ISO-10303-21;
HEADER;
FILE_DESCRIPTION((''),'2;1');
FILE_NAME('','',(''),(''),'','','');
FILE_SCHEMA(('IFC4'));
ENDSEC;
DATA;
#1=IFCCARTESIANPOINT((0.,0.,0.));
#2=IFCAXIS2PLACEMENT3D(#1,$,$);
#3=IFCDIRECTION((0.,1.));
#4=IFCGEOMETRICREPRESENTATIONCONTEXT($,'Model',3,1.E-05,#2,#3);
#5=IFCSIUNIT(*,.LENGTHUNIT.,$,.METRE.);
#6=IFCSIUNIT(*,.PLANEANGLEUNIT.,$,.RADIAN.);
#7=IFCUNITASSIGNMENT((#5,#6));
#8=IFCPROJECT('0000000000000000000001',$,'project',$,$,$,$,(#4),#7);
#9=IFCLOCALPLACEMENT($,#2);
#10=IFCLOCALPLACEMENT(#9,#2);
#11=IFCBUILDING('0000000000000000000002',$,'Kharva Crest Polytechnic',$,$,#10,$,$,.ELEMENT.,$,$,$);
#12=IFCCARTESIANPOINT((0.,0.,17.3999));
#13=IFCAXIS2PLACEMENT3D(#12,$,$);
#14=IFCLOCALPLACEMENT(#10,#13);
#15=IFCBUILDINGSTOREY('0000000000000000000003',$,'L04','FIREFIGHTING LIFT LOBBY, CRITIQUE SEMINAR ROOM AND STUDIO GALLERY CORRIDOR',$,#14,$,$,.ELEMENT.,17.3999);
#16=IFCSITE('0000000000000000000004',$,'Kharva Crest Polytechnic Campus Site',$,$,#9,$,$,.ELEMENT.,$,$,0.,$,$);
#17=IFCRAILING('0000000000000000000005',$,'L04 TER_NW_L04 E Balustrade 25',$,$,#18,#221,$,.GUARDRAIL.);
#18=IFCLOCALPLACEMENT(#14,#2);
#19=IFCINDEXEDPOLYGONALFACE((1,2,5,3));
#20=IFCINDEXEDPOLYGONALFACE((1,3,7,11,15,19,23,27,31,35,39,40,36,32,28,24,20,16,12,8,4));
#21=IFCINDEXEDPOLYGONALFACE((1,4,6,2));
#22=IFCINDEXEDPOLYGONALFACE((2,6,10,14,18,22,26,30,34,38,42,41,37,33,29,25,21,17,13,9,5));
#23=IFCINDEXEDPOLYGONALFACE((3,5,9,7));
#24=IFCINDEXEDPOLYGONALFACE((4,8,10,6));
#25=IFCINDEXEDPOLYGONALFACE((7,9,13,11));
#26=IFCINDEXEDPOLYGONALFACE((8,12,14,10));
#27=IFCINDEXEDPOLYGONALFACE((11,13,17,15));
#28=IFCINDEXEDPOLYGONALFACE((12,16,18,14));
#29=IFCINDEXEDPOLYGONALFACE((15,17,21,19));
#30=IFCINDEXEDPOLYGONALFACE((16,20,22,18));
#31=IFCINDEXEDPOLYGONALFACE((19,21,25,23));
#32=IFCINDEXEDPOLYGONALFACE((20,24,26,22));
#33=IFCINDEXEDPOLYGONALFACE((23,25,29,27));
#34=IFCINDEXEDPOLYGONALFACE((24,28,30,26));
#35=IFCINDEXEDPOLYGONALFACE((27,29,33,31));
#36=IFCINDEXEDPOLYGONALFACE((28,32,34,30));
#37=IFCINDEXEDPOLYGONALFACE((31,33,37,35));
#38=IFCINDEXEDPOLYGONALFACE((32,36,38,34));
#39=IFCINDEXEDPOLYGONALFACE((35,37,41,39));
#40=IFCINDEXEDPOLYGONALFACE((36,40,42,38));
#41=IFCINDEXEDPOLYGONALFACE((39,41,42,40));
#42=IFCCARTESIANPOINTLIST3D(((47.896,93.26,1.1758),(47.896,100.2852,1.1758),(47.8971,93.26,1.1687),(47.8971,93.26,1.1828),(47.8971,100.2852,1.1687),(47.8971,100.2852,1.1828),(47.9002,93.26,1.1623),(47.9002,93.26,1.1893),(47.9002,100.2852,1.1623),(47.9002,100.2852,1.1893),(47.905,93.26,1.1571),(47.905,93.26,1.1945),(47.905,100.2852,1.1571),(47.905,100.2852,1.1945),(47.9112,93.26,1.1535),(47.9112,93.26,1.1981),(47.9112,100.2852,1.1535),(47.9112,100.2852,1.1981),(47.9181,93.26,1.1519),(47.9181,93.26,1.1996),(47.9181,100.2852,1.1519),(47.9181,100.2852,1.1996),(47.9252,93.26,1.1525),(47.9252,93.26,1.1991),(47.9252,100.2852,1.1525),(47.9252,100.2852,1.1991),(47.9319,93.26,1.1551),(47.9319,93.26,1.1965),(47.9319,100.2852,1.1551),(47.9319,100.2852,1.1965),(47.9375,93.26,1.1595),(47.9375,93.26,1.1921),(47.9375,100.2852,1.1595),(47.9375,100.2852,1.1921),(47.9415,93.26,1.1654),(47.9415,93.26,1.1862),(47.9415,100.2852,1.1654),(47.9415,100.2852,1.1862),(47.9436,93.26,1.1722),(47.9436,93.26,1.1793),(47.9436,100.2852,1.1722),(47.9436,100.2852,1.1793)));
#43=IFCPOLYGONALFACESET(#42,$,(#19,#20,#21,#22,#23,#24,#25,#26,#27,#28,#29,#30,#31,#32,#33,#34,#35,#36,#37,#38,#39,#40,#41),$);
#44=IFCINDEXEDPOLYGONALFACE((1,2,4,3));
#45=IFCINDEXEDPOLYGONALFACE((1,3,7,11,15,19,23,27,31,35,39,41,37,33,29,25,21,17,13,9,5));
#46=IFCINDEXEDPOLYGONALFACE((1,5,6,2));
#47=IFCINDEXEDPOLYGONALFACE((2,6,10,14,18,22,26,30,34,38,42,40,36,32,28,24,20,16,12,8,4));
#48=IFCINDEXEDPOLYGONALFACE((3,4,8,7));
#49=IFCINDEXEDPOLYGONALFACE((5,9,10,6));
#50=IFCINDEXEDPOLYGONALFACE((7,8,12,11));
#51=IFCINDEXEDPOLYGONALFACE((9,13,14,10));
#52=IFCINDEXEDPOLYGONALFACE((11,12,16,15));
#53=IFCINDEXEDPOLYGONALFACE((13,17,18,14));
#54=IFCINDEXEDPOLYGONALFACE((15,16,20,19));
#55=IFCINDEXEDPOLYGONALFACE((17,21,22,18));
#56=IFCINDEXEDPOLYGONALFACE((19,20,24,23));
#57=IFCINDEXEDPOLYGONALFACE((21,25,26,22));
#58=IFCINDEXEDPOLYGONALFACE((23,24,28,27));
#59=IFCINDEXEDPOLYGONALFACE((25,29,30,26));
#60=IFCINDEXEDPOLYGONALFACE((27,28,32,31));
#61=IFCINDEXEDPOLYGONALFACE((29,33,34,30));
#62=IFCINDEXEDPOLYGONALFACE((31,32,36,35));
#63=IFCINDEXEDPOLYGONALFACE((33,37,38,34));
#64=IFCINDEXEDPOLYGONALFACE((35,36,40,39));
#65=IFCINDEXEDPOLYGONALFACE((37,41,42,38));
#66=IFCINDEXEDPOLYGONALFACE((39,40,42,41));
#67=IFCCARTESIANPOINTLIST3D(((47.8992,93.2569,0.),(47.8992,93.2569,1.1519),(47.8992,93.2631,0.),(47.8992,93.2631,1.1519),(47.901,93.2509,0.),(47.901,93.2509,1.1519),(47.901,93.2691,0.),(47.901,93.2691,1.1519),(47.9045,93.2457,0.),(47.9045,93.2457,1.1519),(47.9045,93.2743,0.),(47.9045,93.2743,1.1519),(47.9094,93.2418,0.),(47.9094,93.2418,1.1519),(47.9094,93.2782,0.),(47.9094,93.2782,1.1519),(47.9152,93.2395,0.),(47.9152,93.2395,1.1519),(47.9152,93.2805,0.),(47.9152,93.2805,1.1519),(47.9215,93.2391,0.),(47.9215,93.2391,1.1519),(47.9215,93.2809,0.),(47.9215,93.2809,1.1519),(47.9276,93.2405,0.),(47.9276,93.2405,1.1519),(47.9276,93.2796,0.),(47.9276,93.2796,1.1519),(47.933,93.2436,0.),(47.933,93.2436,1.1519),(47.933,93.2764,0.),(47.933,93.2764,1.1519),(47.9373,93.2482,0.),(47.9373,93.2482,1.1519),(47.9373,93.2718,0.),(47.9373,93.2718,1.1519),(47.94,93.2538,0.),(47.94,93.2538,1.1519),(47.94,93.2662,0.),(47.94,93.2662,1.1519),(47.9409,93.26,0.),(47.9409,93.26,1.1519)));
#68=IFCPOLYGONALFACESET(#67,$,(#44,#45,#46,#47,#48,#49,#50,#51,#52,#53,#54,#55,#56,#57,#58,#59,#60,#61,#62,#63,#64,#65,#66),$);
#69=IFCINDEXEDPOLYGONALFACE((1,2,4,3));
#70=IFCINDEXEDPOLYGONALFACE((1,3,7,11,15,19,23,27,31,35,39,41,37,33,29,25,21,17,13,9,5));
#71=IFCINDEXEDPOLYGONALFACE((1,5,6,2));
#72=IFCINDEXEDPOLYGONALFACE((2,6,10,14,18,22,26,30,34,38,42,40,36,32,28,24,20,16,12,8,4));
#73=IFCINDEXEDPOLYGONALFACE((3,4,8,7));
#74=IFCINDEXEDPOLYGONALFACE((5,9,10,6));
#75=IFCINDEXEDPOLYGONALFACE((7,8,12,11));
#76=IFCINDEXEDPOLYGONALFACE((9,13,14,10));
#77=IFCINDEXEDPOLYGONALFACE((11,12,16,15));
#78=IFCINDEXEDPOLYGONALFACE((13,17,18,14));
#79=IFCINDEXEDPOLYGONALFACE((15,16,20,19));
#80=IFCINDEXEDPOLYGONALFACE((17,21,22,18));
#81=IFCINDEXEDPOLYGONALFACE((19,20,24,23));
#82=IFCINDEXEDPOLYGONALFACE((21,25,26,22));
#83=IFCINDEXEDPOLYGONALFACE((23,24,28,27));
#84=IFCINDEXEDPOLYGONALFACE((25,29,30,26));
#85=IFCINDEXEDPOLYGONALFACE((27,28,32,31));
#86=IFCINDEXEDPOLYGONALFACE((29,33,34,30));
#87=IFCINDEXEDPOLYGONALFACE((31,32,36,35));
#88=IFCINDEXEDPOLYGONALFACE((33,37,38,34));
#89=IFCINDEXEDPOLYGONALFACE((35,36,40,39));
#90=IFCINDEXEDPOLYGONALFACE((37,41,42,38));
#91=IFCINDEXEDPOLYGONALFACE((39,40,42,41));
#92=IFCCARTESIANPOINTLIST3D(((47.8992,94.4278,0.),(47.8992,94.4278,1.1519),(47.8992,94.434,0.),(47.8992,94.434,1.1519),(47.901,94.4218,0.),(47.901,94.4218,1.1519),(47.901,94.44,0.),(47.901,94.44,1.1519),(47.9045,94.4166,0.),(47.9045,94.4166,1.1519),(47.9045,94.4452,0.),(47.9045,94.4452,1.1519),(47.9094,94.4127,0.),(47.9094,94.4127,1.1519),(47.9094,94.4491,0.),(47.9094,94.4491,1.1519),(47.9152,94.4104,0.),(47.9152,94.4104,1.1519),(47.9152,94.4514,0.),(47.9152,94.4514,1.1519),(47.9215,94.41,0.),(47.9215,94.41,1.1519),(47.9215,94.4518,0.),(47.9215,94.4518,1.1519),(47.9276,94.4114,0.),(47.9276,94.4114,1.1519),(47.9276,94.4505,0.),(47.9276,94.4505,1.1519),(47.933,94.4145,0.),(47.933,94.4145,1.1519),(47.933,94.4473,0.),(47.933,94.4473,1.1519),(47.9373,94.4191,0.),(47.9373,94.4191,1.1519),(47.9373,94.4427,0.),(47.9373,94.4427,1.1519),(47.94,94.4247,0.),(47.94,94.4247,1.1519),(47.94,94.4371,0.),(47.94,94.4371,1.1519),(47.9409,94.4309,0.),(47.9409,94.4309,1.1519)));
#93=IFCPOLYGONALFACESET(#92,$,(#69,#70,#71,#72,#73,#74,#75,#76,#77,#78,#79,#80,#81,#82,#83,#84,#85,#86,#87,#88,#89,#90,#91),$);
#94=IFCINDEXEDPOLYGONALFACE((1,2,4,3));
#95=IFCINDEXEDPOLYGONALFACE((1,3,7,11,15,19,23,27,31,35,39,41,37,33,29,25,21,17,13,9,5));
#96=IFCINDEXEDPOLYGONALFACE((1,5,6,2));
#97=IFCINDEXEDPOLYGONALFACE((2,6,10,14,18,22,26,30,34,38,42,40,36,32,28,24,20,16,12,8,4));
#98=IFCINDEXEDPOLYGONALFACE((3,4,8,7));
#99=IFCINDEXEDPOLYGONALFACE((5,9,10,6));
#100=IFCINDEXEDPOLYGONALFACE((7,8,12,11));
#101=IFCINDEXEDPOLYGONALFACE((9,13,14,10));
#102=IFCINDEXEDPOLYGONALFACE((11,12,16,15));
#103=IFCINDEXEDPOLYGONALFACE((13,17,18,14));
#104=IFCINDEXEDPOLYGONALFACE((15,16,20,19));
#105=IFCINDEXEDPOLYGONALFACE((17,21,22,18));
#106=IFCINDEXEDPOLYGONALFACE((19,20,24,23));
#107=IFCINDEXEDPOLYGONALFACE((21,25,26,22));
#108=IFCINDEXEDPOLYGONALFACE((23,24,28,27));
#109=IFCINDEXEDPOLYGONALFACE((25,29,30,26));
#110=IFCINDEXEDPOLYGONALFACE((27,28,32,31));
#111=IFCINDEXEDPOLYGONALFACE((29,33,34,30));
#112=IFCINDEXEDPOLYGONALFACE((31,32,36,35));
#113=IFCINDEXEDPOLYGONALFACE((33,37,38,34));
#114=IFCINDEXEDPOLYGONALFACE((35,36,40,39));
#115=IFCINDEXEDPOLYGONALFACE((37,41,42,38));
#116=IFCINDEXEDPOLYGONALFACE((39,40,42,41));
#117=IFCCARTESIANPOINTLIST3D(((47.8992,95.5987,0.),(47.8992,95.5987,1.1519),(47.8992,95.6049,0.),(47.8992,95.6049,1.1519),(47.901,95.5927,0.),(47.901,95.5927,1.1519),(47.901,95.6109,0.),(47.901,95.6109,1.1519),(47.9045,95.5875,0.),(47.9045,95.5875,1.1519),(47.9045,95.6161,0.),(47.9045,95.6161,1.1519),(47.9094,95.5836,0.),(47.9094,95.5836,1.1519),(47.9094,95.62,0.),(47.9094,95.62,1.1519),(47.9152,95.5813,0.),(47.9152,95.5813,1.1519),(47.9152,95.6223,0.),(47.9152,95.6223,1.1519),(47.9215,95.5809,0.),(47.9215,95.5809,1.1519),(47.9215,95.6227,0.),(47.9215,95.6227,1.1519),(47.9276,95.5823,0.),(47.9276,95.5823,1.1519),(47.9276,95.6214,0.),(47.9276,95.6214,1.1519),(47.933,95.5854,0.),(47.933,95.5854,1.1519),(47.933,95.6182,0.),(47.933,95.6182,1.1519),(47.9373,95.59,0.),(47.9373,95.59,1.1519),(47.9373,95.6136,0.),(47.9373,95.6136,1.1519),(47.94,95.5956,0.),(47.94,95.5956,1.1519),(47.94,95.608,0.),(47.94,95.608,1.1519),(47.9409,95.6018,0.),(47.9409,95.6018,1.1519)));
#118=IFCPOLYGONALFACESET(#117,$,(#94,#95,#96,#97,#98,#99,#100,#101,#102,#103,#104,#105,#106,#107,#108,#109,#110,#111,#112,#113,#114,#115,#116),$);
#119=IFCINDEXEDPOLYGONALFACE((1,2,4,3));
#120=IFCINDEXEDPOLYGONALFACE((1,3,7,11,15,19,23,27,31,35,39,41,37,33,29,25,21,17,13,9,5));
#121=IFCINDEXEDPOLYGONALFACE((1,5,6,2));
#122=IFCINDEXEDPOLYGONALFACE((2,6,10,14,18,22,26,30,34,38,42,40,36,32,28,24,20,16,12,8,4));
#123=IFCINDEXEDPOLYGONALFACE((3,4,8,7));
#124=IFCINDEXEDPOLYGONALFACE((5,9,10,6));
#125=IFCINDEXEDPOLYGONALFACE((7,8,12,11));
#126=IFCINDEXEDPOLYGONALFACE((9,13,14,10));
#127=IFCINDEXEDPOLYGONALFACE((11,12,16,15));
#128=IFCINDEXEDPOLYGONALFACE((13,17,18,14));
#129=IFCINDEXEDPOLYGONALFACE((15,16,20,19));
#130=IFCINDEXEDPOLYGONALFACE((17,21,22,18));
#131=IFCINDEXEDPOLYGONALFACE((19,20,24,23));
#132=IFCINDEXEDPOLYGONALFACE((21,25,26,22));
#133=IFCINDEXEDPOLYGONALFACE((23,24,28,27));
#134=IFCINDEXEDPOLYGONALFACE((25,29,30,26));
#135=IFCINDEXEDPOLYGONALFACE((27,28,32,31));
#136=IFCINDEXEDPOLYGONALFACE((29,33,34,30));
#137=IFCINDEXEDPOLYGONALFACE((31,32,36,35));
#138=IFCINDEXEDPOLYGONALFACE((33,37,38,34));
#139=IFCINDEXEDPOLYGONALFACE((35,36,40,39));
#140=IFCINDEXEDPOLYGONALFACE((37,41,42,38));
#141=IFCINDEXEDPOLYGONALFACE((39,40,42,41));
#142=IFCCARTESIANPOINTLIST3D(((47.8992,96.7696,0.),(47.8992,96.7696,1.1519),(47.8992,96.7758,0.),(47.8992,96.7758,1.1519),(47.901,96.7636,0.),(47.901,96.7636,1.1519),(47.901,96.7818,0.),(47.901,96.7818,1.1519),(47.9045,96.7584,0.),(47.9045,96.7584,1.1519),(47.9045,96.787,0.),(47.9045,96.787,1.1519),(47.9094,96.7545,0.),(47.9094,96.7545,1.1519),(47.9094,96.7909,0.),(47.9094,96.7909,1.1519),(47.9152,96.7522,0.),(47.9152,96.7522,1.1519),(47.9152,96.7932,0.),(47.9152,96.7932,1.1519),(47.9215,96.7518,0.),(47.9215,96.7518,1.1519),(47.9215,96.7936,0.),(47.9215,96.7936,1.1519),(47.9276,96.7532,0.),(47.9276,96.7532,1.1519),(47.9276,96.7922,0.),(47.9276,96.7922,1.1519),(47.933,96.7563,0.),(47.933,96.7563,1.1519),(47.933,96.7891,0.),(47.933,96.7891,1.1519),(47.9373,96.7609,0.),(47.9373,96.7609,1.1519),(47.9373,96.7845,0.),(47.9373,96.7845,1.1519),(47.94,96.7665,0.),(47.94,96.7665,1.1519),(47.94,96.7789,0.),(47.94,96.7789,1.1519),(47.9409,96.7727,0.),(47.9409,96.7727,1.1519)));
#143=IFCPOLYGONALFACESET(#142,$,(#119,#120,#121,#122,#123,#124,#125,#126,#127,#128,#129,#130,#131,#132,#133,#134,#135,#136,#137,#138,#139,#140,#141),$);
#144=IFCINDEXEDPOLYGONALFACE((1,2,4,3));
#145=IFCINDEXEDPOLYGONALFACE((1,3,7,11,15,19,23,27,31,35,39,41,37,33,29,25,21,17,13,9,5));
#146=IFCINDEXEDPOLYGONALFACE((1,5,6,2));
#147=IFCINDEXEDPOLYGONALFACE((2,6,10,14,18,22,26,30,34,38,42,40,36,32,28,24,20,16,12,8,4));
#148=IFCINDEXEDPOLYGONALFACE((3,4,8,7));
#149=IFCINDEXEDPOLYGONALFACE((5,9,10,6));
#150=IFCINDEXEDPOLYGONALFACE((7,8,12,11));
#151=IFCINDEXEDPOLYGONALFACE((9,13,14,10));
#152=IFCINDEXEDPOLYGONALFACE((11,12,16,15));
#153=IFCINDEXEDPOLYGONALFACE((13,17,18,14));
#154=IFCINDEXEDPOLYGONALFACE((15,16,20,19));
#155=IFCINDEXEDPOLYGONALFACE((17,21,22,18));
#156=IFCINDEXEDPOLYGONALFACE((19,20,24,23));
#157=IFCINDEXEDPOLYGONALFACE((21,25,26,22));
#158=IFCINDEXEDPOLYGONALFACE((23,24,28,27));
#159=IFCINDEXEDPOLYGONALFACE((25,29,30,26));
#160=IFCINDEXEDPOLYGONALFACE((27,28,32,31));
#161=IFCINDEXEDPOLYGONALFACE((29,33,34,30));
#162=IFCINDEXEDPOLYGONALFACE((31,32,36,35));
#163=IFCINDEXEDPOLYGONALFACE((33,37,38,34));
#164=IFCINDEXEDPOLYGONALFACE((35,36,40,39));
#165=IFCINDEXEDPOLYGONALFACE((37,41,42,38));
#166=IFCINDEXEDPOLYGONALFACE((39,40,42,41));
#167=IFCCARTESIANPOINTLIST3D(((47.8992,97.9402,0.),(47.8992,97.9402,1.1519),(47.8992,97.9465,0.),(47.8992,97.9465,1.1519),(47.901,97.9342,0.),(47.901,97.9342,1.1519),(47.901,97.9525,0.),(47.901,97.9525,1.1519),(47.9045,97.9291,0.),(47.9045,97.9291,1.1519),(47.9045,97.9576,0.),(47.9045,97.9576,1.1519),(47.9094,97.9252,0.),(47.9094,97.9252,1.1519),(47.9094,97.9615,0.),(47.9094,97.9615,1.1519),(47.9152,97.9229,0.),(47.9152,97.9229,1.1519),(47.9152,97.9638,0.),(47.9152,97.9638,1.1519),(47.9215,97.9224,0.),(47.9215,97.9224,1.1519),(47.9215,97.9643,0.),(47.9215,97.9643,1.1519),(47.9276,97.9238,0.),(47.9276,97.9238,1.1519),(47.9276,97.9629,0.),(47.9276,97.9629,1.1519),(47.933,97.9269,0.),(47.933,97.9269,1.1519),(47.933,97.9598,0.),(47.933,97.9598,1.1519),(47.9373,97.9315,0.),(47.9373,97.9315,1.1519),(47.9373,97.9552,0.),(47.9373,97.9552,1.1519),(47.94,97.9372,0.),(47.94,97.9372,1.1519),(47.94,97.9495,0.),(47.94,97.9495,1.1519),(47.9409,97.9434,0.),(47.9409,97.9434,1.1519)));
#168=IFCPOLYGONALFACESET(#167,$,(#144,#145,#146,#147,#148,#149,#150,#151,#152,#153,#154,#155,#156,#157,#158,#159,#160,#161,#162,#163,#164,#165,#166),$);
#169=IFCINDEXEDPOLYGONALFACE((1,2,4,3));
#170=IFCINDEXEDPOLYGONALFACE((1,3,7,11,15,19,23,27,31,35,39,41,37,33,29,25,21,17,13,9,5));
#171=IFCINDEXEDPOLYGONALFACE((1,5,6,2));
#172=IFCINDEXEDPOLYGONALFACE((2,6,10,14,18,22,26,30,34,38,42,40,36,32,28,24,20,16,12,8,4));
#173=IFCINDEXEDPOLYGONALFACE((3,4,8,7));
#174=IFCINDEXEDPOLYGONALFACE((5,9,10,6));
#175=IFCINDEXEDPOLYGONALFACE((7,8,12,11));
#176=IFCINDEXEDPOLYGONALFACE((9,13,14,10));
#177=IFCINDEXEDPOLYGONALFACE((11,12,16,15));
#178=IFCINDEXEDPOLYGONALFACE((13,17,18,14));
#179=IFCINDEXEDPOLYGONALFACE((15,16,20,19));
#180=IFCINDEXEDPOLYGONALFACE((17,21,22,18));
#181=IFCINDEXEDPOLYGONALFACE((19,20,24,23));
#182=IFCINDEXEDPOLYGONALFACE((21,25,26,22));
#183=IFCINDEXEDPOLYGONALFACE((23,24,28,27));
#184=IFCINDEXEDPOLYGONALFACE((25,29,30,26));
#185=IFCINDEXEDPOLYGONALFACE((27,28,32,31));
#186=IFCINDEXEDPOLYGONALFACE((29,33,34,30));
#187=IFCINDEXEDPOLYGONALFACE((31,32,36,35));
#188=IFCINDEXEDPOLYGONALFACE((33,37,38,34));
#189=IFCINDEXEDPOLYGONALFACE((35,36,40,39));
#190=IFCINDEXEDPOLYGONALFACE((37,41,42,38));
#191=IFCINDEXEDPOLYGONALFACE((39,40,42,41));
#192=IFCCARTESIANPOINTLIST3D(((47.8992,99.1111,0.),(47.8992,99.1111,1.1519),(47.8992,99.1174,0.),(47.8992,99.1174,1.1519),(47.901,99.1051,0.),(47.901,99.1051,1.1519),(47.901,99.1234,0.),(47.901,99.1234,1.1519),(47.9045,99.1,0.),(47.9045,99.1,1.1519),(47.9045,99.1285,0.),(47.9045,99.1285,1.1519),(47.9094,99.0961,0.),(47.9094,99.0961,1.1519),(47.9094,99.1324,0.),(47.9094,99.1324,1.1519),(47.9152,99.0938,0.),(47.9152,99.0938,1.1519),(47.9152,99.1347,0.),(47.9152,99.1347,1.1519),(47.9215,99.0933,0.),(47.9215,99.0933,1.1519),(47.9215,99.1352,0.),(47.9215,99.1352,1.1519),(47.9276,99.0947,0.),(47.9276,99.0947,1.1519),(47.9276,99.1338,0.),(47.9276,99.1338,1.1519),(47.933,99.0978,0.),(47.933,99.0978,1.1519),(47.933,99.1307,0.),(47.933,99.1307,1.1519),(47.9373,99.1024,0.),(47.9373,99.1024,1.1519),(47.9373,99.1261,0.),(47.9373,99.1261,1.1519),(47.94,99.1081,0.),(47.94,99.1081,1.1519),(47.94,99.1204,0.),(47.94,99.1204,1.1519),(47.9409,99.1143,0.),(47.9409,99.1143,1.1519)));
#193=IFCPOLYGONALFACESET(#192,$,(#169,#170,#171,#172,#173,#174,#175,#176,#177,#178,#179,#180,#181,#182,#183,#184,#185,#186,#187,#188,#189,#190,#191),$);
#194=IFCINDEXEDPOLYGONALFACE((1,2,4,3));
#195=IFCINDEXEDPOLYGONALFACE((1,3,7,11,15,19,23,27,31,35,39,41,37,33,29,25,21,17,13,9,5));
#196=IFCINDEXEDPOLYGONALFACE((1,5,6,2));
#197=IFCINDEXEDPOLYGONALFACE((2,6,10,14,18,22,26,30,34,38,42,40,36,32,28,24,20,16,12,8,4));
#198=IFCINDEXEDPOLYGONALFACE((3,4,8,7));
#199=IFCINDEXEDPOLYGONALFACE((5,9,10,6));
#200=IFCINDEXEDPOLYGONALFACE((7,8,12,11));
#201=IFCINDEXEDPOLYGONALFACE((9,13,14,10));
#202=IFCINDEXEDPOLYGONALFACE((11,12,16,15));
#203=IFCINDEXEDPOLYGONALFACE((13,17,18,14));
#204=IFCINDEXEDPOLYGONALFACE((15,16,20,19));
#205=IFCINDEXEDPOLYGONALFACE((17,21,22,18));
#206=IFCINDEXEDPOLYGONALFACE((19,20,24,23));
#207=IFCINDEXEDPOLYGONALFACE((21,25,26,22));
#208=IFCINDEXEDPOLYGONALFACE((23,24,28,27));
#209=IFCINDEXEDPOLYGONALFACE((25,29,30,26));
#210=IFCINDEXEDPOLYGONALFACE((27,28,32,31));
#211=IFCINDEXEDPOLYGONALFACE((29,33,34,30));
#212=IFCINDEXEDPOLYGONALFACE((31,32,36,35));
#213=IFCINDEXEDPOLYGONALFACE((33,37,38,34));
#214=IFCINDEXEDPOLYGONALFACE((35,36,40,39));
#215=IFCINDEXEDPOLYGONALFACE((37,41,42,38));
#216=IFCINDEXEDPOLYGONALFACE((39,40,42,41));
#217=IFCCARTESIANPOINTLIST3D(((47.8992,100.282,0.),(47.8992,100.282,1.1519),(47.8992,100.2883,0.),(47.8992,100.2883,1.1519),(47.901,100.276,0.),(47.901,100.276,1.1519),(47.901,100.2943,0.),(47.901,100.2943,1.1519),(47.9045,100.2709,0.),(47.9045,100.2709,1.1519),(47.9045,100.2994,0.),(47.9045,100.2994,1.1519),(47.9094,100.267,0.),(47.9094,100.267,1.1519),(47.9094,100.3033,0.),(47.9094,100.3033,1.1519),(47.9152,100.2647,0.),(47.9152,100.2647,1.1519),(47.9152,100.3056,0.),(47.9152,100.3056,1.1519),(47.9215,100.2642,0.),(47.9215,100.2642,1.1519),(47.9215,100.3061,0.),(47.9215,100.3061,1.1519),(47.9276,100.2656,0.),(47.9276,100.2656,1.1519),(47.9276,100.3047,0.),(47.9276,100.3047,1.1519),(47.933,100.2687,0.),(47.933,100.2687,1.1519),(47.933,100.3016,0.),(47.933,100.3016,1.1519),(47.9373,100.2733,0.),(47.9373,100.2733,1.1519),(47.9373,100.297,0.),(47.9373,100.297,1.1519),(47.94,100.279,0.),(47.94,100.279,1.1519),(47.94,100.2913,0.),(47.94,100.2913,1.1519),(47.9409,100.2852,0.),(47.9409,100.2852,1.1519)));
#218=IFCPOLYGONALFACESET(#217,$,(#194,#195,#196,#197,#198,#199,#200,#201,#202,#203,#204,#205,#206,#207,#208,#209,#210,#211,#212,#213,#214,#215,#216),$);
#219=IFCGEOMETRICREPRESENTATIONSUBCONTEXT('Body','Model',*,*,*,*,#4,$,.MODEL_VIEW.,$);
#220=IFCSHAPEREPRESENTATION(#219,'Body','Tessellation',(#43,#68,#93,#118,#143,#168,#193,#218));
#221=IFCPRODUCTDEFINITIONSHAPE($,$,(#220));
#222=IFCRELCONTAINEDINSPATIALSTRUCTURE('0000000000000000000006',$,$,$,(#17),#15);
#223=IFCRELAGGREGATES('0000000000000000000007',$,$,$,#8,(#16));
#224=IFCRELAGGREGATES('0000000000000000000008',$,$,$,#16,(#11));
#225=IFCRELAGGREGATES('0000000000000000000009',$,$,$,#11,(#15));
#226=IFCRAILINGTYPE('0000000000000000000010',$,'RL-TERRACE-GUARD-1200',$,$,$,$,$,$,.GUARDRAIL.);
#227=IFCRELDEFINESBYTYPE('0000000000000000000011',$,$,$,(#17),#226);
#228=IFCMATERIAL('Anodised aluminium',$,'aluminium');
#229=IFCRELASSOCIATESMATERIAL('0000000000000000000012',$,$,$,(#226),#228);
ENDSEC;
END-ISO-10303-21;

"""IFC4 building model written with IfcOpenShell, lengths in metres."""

from ifc_helpers import new_model, si_unit, direction, frame, origin, origin_2d, place, context, subcontext, project, spatial, circle, extrude, material, type_object, element, save


model = new_model("IFC4")

# Units and contexts
model_context = context("Model", 3, precision=1e-05, world=origin(), true_north=direction((0.0, 1.0)))
body_context = subcontext(model_context, "Body", "Model", "MODEL_VIEW")
ifc_project = project(units=[si_unit("LENGTHUNIT", "METRE"), si_unit("PLANEANGLEUNIT", "RADIAN")], contexts=[model_context])

# Site, building, storey
site_placement = place(None, origin())
site = spatial("IfcSite", under=ifc_project, at=site_placement, Name="Kharva Crest Polytechnic Campus Site", CompositionType="ELEMENT", RefElevation=0.0)
building_placement = place(site_placement, origin())
building = spatial("IfcBuilding", under=site, at=building_placement, Name="Kharva Crest Polytechnic", CompositionType="ELEMENT")
storey_placement = place(building_placement, frame((0.0, 0.0, 17.3999)))
storey = spatial("IfcBuildingStorey", under=building, at=storey_placement, Name="L04", Description="FIREFIGHTING LIFT LOBBY, CRITIQUE SEMINAR ROOM AND STUDIO GALLERY CORRIDOR", CompositionType="ELEMENT", Elevation=17.3999)

# Shared definitions
ifc_material_1 = material(Name="Anodised aluminium", Category="aluminium")

# Railing
railing_type = type_object("IfcRailingType", Name="RL-TERRACE-GUARD-1200", PredefinedType="GUARDRAIL", material=ifc_material_1)
railing_1_placement = place(storey_placement, frame((47.9199, 93.26, 0.0)))
element("IfcRailing", 1, at=railing_1_placement, inside=storey, type_object=railing_type, Name="L04 TER_NW_L04 E Balustrade 25", PredefinedType="GUARDRAIL", context=body_context, shape_type="SweptSolid", body=[
    extrude(circle(Radius=0.0239, at=origin_2d()), frame((0.0, 0.0, 1.1758), z_axis=(0.0, 1.0, 0.0), x_axis=(-1.0, 0.0, 0.0)), (0.0, 0.0, 1.0), 7.0251),
    extrude(circle(Radius=0.021, at=origin_2d()), origin(), (0.0, 0.0, 1.0), 1.1519),
    extrude(circle(Radius=0.021, at=origin_2d()), frame((0.0, 1.1709, 0.0)), (0.0, 0.0, 1.0), 1.1519),
    extrude(circle(Radius=0.021, at=origin_2d()), frame((0.0, 2.3418, 0.0)), (0.0, 0.0, 1.0), 1.1519),
    extrude(circle(Radius=0.021, at=origin_2d()), frame((0.0, 3.5127, 0.0)), (0.0, 0.0, 1.0), 1.1519),
    extrude(circle(Radius=0.021, at=origin_2d()), frame((0.0, 4.6833, 0.0)), (0.0, 0.0, 1.0), 1.1519),
    extrude(circle(Radius=0.021, at=origin_2d()), frame((0.0, 5.8542, 0.0)), (0.0, 0.0, 1.0), 1.1519),
    extrude(circle(Radius=0.021, at=origin_2d()), frame((0.0, 7.0251, 0.0)), (0.0, 0.0, 1.0), 1.1519),
])

save(model, "model.ifc")
